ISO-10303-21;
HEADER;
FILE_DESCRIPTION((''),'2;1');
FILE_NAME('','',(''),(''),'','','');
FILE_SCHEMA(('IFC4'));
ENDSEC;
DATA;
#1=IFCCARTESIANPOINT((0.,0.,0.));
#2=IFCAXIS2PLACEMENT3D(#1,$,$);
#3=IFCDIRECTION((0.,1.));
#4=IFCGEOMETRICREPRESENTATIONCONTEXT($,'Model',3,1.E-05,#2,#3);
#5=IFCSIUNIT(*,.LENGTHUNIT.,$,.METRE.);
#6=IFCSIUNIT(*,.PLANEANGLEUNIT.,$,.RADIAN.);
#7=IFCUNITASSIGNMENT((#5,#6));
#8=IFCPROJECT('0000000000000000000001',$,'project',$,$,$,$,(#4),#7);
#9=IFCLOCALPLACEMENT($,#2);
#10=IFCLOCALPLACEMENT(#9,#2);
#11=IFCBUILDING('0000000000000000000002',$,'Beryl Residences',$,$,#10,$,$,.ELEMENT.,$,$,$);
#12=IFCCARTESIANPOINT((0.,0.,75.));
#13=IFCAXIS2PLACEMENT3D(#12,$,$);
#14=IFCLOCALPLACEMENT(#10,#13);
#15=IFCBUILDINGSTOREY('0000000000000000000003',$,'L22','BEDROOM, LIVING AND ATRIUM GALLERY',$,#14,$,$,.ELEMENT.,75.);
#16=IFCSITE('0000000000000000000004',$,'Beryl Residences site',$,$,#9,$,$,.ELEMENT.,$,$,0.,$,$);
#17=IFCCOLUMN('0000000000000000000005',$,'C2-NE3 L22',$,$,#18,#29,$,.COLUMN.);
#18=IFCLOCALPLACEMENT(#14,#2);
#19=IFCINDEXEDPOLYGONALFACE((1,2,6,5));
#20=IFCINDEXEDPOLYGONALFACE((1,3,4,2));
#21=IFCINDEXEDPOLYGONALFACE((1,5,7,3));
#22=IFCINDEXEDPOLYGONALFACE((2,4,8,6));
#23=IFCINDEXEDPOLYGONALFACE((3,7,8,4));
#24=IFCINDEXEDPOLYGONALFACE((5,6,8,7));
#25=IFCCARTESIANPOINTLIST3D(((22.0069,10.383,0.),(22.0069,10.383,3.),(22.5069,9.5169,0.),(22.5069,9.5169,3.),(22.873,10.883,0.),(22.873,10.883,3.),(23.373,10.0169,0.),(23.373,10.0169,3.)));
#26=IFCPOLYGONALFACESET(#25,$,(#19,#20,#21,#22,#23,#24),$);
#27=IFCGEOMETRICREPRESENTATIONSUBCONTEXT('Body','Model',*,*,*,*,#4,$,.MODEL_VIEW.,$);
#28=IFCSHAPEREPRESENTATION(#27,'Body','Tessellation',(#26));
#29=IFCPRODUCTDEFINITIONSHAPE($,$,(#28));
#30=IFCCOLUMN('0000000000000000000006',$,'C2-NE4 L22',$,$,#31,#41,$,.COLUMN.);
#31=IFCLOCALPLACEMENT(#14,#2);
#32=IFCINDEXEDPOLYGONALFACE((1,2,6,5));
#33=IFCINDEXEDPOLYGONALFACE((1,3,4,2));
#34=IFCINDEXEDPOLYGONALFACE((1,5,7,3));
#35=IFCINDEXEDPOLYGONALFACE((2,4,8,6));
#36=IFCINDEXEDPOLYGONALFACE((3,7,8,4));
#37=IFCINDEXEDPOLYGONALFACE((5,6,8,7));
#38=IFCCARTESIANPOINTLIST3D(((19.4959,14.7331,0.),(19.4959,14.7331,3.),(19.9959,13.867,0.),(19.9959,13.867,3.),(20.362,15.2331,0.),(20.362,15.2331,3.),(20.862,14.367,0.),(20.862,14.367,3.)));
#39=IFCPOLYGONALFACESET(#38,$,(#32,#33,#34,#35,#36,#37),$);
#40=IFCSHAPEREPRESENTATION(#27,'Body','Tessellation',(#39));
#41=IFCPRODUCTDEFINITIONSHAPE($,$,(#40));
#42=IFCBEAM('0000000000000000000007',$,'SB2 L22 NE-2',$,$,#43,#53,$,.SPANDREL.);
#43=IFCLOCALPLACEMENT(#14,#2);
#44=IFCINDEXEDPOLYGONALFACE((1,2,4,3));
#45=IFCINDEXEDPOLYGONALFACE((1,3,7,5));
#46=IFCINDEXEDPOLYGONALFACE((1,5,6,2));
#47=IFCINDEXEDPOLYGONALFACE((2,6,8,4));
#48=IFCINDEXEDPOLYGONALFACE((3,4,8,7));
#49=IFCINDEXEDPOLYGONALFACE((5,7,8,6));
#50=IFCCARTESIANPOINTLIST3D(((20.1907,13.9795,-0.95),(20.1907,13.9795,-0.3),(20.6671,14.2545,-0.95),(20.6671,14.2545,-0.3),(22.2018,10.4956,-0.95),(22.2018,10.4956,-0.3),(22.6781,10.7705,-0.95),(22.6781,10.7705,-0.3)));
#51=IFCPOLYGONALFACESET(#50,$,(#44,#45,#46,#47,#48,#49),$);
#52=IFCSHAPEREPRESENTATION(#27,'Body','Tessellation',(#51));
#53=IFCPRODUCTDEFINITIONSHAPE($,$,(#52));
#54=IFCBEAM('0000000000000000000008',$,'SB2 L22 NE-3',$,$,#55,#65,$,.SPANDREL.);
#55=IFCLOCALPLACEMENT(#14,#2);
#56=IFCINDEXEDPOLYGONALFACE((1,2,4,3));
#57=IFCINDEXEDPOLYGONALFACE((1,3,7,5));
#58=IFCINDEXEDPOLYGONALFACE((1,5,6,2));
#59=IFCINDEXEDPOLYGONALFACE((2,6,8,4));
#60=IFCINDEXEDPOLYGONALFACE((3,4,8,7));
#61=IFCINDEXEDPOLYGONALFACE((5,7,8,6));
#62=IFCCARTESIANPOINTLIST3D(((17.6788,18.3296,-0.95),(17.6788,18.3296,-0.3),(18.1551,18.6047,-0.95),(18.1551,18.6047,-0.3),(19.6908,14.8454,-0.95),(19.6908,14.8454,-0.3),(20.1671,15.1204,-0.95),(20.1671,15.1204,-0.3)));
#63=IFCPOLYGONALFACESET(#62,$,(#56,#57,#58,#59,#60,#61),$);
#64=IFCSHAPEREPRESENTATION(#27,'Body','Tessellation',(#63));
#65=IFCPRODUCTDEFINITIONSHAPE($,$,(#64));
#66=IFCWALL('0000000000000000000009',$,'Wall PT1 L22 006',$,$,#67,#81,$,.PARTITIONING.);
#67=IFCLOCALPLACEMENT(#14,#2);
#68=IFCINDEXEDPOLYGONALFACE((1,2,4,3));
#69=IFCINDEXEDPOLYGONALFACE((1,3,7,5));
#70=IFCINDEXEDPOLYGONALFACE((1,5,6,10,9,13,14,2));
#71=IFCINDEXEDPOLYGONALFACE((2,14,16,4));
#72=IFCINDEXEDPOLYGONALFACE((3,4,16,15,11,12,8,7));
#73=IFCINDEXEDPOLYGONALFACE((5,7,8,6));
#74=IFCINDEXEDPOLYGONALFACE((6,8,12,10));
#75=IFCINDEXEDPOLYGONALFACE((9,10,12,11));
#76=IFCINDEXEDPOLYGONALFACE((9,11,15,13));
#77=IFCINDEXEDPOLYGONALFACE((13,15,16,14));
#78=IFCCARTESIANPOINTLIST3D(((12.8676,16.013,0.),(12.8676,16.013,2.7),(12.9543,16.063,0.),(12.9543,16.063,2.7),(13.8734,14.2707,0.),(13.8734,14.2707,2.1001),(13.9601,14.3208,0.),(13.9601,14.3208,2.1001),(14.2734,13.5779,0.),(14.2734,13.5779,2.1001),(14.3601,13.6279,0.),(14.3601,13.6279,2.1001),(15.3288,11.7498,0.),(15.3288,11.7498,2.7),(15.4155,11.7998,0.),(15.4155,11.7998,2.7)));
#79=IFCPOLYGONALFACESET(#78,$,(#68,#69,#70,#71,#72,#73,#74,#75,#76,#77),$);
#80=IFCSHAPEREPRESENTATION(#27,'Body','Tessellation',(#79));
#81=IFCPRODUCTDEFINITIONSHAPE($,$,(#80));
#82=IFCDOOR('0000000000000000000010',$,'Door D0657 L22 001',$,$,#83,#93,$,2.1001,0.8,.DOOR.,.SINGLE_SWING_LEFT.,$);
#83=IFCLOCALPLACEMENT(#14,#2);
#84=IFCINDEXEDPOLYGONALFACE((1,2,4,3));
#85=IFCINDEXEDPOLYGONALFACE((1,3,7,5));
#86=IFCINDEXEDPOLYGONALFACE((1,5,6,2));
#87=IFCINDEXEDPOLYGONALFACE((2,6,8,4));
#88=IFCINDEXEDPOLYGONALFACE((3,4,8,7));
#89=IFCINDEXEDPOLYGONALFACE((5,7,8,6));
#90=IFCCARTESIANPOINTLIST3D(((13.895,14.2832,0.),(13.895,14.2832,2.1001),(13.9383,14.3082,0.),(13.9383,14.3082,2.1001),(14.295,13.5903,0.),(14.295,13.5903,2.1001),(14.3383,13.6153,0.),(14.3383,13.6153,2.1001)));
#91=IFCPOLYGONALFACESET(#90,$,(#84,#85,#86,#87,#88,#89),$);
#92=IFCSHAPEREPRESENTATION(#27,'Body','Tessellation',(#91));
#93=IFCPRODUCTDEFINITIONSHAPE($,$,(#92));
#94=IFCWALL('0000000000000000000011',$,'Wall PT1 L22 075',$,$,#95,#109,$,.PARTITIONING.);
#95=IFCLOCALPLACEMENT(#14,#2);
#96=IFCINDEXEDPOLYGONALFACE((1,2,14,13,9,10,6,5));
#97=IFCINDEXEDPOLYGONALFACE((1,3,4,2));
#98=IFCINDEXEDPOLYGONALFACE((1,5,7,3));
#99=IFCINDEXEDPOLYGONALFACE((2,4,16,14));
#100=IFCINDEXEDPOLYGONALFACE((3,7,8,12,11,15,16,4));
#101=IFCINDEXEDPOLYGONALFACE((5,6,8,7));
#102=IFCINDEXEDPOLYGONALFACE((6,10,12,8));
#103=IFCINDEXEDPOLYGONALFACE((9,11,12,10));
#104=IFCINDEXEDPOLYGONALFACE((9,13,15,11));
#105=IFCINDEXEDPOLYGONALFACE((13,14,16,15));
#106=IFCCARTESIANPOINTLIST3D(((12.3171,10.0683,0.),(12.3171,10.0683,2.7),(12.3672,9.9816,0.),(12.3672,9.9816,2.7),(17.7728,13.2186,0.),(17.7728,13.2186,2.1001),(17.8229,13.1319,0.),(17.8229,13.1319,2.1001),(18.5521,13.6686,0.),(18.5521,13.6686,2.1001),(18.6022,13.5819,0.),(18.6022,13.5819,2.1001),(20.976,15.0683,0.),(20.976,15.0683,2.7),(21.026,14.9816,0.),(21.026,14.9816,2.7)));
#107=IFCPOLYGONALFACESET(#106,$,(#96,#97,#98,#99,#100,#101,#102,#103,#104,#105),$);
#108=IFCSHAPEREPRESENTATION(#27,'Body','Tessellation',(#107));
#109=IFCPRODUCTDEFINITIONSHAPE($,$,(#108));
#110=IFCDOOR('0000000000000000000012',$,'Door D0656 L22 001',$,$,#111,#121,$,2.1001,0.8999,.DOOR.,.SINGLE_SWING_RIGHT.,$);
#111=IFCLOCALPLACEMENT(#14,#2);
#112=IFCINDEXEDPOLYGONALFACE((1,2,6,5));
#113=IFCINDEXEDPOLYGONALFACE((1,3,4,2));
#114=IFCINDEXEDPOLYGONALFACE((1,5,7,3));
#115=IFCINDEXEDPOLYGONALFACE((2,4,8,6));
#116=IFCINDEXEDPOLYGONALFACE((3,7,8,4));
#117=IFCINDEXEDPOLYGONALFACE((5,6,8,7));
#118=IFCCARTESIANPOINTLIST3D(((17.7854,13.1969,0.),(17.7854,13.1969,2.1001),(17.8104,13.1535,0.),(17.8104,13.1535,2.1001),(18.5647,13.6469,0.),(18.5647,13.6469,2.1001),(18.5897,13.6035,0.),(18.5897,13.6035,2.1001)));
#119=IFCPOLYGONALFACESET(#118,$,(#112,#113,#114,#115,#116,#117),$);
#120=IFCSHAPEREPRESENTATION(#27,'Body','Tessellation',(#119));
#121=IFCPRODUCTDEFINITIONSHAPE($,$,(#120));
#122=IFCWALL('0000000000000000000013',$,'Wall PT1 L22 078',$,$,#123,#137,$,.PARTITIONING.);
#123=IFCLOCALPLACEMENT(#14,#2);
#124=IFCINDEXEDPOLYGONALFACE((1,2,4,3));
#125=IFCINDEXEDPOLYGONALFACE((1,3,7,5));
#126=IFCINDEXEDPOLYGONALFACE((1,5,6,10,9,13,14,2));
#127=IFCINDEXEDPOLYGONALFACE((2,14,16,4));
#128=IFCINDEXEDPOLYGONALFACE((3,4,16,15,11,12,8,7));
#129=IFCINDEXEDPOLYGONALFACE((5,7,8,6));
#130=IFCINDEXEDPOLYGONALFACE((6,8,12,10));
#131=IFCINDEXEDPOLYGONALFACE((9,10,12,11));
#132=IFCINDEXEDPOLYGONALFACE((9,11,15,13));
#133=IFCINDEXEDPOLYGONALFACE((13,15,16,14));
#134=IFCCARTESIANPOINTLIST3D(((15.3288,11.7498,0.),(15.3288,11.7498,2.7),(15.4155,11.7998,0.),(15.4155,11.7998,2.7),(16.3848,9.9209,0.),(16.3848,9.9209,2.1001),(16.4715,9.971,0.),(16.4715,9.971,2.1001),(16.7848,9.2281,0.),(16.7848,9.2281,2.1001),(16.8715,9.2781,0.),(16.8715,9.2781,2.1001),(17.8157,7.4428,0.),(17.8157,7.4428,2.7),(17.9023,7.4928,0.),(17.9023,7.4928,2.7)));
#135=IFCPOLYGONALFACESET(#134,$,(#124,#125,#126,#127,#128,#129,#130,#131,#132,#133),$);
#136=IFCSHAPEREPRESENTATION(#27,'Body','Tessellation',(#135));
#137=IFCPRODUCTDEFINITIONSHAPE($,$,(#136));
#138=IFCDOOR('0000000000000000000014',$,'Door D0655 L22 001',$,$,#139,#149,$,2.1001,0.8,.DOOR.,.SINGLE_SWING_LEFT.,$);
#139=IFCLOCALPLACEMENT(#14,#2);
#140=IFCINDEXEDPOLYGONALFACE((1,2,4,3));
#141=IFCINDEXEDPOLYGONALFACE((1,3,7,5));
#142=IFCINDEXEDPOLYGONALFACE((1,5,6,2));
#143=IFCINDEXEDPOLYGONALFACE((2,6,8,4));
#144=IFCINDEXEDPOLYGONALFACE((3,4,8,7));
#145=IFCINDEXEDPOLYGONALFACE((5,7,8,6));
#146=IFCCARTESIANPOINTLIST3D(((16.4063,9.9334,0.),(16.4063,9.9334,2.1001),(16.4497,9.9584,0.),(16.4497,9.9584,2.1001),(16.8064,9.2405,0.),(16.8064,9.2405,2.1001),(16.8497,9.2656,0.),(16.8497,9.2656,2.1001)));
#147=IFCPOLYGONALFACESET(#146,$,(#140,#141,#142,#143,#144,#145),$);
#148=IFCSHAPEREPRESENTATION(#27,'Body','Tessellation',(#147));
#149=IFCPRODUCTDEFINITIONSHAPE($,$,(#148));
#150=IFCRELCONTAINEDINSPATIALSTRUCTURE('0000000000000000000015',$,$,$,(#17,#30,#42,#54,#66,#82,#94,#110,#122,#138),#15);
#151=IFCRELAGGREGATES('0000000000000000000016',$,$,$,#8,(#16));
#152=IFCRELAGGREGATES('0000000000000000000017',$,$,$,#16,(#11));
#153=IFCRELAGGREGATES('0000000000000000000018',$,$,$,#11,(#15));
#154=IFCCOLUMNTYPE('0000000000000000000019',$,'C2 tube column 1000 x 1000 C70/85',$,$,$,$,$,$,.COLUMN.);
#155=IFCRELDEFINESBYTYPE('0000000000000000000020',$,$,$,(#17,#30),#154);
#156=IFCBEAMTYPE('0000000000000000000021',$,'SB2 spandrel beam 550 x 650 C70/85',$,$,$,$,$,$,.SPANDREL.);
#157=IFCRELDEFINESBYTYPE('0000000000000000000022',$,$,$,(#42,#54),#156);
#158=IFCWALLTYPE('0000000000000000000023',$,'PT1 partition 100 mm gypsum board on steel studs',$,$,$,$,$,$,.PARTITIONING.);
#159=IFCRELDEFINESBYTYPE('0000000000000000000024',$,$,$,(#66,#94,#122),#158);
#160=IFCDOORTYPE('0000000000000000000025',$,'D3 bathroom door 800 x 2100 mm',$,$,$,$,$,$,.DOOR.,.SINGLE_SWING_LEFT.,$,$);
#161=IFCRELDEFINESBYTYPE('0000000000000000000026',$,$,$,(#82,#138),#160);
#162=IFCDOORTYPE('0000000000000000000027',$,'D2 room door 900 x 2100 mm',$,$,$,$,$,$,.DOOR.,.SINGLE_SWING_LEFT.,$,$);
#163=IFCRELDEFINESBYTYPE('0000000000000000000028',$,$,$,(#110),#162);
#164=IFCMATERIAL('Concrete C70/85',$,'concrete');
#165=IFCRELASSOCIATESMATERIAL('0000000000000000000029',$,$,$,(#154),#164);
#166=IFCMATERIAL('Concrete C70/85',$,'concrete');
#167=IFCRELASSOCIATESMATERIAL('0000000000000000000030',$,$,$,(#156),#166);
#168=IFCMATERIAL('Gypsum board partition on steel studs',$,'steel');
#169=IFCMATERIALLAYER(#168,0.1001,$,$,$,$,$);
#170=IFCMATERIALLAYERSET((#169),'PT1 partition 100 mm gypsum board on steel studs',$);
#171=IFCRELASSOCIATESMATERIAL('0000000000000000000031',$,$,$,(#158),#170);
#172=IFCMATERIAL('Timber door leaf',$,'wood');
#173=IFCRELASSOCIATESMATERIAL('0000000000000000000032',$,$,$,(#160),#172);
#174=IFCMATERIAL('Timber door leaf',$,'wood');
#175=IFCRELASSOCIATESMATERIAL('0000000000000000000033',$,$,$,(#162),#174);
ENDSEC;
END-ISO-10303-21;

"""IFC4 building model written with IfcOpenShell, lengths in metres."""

from ifc_helpers import new_model, si_unit, direction, frame, frame_2d, origin, origin_2d, place, context, subcontext, project, spatial, rectangle, extrude, material, layer, layer_set, material_profile, profile_set, type_object, element, fill, save


model = new_model("IFC4")

# Units and contexts
model_context = context("Model", 3, precision=1e-05, world=origin(), true_north=direction((0.0, 1.0)))
body_context = subcontext(model_context, "Body", "Model", "MODEL_VIEW")
ifc_project = project(units=[si_unit("LENGTHUNIT", "METRE"), si_unit("PLANEANGLEUNIT", "RADIAN")], contexts=[model_context])

# Site, building, storey
site_placement = place(None, origin())
site = spatial("IfcSite", under=ifc_project, at=site_placement, Name="Beryl Residences site", CompositionType="ELEMENT", RefElevation=0.0)
building_placement = place(site_placement, origin())
building = spatial("IfcBuilding", under=site, at=building_placement, Name="Beryl Residences", CompositionType="ELEMENT")
storey_placement = place(building_placement, frame((0.0, 0.0, 75.0)))
storey = spatial("IfcBuildingStorey", under=building, at=storey_placement, Name="L22", Description="BEDROOM, LIVING AND ATRIUM GALLERY", CompositionType="ELEMENT", Elevation=75.0)

# Columns
ifc_material_1 = material(Name="Concrete C70/85", Category="concrete")
ifc_material_profile_1 = material_profile(ifc_material_1, rectangle(XDim=1.0, YDim=1.0, at=origin_2d()))
ifc_profile_set_1 = profile_set([ifc_material_profile_1], Name="Concrete C70/85")
column_type = type_object("IfcColumnType", Name="C2 tube column 1000 x 1000 C70/85", PredefinedType="COLUMN", material=ifc_profile_set_1)
for number, where, z_axis, x_axis, name in (
    (1, (22.6899, 10.2, 0.0), (0.0, 0.0, 1.0), (-0.5, 0.866025, 0.0), "C2-NE3 L22"),
    (2, (20.179, 14.55, 0.0), (0.0, 0.0, 1.0), (-0.5, 0.866025, 0.0), "C2-NE4 L22"),
):
    element("IfcColumn", number, at=place(storey_placement, frame(where, z_axis=z_axis, x_axis=x_axis)), inside=storey, type_object=column_type, Name=name, PredefinedType="COLUMN", context=body_context, shape_type="SweptSolid", body=[
        extrude(rectangle(XDim=1.0, YDim=1.0, at=origin_2d()), origin(), (0.0, 0.0, 1.0), 3.0),
    ])

# Beams
ifc_material_2 = material(Name="Concrete C70/85", Category="concrete")
ifc_material_profile_2 = material_profile(ifc_material_2, rectangle(XDim=0.55, YDim=0.6499, at=origin_2d()))
ifc_profile_set_2 = profile_set([ifc_material_profile_2], Name="Concrete C70/85")
beam_type = type_object("IfcBeamType", Name="SB2 spandrel beam 550 x 650 C70/85", PredefinedType="SPANDREL", material=ifc_profile_set_2)
beam_1_placement = place(storey_placement, frame((22.4399, 10.6331, -0.625), z_axis=(-0.499919, 0.866072, 0.0), x_axis=(-0.866072, -0.499919, 0.0)))
element("IfcBeam", 3, at=beam_1_placement, inside=storey, type_object=beam_type, Name="SB2 L22 NE-2", PredefinedType="SPANDREL", context=body_context, shape_type="SweptSolid", body=[
    extrude(rectangle(XDim=0.55, YDim=0.6499, at=origin_2d()), origin(), (0.0, 0.0, 1.0), 4.0227),
])
beam_2_placement = place(storey_placement, frame((19.929, 14.9829, -0.625), z_axis=(-0.500074, 0.865982, 0.0), x_axis=(-0.865982, -0.500074, 0.0)))
element("IfcBeam", 4, at=beam_2_placement, inside=storey, type_object=beam_type, Name="SB2 L22 NE-3", PredefinedType="SPANDREL", context=body_context, shape_type="SweptSolid", body=[
    extrude(rectangle(XDim=0.55, YDim=0.6499, at=origin_2d()), origin(), (0.0, 0.0, 1.0), 4.0234),
])

# Walls, openings, doors
ifc_material_3 = material(Name="Gypsum board partition on steel studs", Category="steel")
ifc_layer = layer(ifc_material_3, 0.1001)
ifc_layer_set = layer_set([ifc_layer], Name="PT1 partition 100 mm gypsum board on steel studs")
wall_type = type_object("IfcWallType", Name="PT1 partition 100 mm gypsum board on steel studs", PredefinedType="PARTITIONING", material=ifc_layer_set)
wall_1_placement = place(storey_placement, frame((12.9109, 16.0381, 0.0), z_axis=(0.0, 0.0, 1.0), x_axis=(0.499974, -0.86604, 0.0)))
wall_1 = element("IfcWall", 5, at=wall_1_placement, inside=storey, type_object=wall_type, Name="Wall PT1 L22 006", PredefinedType="PARTITIONING", context=body_context, shape_type="SweptSolid", body=[
    extrude(rectangle(XDim=4.9226, YDim=0.1001, at=frame_2d((2.4614, 0.0))), origin(), (0.0, 0.0, 1.0), 2.7),
])
opening_1_placement = place(wall_1_placement, frame((2.012, 0.0, 0.0)))
opening_1 = element("IfcOpeningElement", 6, at=opening_1_placement, cuts=wall_1, PredefinedType="OPENING", context=body_context, shape_type="SweptSolid", body=[
    extrude(rectangle(XDim=0.8, YDim=2.1001, at=frame_2d((0.3999, 1.05))), frame((0.0, 0.0601, 0.0), z_axis=(0.0, -1.0, 0.0), x_axis=(1.0, 0.0, 0.0)), (0.0, 0.0, 1.0), 0.1201),
])
ifc_material_4 = material(Name="Timber door leaf", Category="wood")
door_type_1 = type_object("IfcDoorType", Name="D3 bathroom door 800 x 2100 mm", OperationType="SINGLE_SWING_LEFT", PredefinedType="DOOR", material=ifc_material_4)
door_1_placement = place(opening_1_placement, origin())
door_1 = element("IfcDoor", 7, at=door_1_placement, inside=storey, type_object=door_type_1, Name="Door D0657 L22 001", OperationType="SINGLE_SWING_LEFT", OverallHeight=2.1001, OverallWidth=0.8, PredefinedType="DOOR", context=body_context, shape_type="SweptSolid", body=[
    extrude(rectangle(XDim=0.8, YDim=2.1001, at=frame_2d((0.3999, 1.05))), frame((0.0, 0.0249, 0.0), z_axis=(0.0, -1.0, 0.0), x_axis=(1.0, 0.0, 0.0)), (0.0, 0.0, 1.0), 0.05),
])
fill(opening_1, door_1)
wall_2_placement = place(storey_placement, frame((12.342, 10.0249, 0.0), z_axis=(0.0, 0.0, 1.0), x_axis=(0.865992, 0.500057, 0.0)))
wall_2 = element("IfcWall", 8, at=wall_2_placement, inside=storey, type_object=wall_type, Name="Wall PT1 L22 075", PredefinedType="PARTITIONING", context=body_context, shape_type="SweptSolid", body=[
    extrude(rectangle(XDim=9.9988, YDim=0.1001, at=frame_2d((4.9995, 0.0))), origin(), (0.0, 0.0, 1.0), 2.7),
])
opening_2_placement = place(wall_2_placement, frame((6.3, 0.0, 0.0)))
opening_2 = element("IfcOpeningElement", 9, at=opening_2_placement, cuts=wall_2, PredefinedType="OPENING", context=body_context, shape_type="SweptSolid", body=[
    extrude(rectangle(XDim=0.8999, YDim=2.1001, at=frame_2d((0.45, 1.05))), frame((0.0, 0.0601, 0.0), z_axis=(0.0, -1.0, 0.0), x_axis=(1.0, 0.0, 0.0)), (0.0, 0.0, 1.0), 0.1201),
])
ifc_material_5 = material(Name="Timber door leaf", Category="wood")
door_type_2 = type_object("IfcDoorType", Name="D2 room door 900 x 2100 mm", OperationType="SINGLE_SWING_LEFT", PredefinedType="DOOR", material=ifc_material_5)
door_2_placement = place(opening_2_placement, origin())
door_2 = element("IfcDoor", 10, at=door_2_placement, inside=storey, type_object=door_type_2, Name="Door D0656 L22 001", OperationType="SINGLE_SWING_RIGHT", OverallHeight=2.1001, OverallWidth=0.8999, PredefinedType="DOOR", context=body_context, shape_type="SweptSolid", body=[
    extrude(rectangle(XDim=0.8999, YDim=2.1001, at=frame_2d((0.45, 1.05))), frame((0.0, 0.0249, 0.0), z_axis=(0.0, -1.0, 0.0), x_axis=(1.0, 0.0, 0.0)), (0.0, 0.0, 1.0), 0.05),
])
fill(opening_2, door_2)
wall_3_placement = place(storey_placement, frame((15.3721, 11.7749, 0.0), z_axis=(0.0, 0.0, 1.0), x_axis=(0.500035, -0.866005, 0.0)))
wall_3 = element("IfcWall", 11, at=wall_3_placement, inside=storey, type_object=wall_type, Name="Wall PT1 L22 078", PredefinedType="PARTITIONING", context=body_context, shape_type="SweptSolid", body=[
    extrude(rectangle(XDim=4.9734, YDim=0.1001, at=frame_2d((2.4868, 0.0))), origin(), (0.0, 0.0, 1.0), 2.7),
])
opening_3_placement = place(wall_3_placement, frame((2.1121, 0.0, 0.0)))
opening_3 = element("IfcOpeningElement", 12, at=opening_3_placement, cuts=wall_3, PredefinedType="OPENING", context=body_context, shape_type="SweptSolid", body=[
    extrude(rectangle(XDim=0.8, YDim=2.1001, at=frame_2d((0.3999, 1.05))), frame((0.0, 0.0601, 0.0), z_axis=(0.0, -1.0, 0.0), x_axis=(1.0, 0.0, 0.0)), (0.0, 0.0, 1.0), 0.1201),
])
door_3_placement = place(opening_3_placement, origin())
door_3 = element("IfcDoor", 13, at=door_3_placement, inside=storey, type_object=door_type_1, Name="Door D0655 L22 001", OperationType="SINGLE_SWING_LEFT", OverallHeight=2.1001, OverallWidth=0.8, PredefinedType="DOOR", context=body_context, shape_type="SweptSolid", body=[
    extrude(rectangle(XDim=0.8, YDim=2.1001, at=frame_2d((0.3999, 1.05))), frame((0.0, 0.0249, 0.0), z_axis=(0.0, -1.0, 0.0), x_axis=(1.0, 0.0, 0.0)), (0.0, 0.0, 1.0), 0.05),
])
fill(opening_3, door_3)

save(model, "model.ifc")
